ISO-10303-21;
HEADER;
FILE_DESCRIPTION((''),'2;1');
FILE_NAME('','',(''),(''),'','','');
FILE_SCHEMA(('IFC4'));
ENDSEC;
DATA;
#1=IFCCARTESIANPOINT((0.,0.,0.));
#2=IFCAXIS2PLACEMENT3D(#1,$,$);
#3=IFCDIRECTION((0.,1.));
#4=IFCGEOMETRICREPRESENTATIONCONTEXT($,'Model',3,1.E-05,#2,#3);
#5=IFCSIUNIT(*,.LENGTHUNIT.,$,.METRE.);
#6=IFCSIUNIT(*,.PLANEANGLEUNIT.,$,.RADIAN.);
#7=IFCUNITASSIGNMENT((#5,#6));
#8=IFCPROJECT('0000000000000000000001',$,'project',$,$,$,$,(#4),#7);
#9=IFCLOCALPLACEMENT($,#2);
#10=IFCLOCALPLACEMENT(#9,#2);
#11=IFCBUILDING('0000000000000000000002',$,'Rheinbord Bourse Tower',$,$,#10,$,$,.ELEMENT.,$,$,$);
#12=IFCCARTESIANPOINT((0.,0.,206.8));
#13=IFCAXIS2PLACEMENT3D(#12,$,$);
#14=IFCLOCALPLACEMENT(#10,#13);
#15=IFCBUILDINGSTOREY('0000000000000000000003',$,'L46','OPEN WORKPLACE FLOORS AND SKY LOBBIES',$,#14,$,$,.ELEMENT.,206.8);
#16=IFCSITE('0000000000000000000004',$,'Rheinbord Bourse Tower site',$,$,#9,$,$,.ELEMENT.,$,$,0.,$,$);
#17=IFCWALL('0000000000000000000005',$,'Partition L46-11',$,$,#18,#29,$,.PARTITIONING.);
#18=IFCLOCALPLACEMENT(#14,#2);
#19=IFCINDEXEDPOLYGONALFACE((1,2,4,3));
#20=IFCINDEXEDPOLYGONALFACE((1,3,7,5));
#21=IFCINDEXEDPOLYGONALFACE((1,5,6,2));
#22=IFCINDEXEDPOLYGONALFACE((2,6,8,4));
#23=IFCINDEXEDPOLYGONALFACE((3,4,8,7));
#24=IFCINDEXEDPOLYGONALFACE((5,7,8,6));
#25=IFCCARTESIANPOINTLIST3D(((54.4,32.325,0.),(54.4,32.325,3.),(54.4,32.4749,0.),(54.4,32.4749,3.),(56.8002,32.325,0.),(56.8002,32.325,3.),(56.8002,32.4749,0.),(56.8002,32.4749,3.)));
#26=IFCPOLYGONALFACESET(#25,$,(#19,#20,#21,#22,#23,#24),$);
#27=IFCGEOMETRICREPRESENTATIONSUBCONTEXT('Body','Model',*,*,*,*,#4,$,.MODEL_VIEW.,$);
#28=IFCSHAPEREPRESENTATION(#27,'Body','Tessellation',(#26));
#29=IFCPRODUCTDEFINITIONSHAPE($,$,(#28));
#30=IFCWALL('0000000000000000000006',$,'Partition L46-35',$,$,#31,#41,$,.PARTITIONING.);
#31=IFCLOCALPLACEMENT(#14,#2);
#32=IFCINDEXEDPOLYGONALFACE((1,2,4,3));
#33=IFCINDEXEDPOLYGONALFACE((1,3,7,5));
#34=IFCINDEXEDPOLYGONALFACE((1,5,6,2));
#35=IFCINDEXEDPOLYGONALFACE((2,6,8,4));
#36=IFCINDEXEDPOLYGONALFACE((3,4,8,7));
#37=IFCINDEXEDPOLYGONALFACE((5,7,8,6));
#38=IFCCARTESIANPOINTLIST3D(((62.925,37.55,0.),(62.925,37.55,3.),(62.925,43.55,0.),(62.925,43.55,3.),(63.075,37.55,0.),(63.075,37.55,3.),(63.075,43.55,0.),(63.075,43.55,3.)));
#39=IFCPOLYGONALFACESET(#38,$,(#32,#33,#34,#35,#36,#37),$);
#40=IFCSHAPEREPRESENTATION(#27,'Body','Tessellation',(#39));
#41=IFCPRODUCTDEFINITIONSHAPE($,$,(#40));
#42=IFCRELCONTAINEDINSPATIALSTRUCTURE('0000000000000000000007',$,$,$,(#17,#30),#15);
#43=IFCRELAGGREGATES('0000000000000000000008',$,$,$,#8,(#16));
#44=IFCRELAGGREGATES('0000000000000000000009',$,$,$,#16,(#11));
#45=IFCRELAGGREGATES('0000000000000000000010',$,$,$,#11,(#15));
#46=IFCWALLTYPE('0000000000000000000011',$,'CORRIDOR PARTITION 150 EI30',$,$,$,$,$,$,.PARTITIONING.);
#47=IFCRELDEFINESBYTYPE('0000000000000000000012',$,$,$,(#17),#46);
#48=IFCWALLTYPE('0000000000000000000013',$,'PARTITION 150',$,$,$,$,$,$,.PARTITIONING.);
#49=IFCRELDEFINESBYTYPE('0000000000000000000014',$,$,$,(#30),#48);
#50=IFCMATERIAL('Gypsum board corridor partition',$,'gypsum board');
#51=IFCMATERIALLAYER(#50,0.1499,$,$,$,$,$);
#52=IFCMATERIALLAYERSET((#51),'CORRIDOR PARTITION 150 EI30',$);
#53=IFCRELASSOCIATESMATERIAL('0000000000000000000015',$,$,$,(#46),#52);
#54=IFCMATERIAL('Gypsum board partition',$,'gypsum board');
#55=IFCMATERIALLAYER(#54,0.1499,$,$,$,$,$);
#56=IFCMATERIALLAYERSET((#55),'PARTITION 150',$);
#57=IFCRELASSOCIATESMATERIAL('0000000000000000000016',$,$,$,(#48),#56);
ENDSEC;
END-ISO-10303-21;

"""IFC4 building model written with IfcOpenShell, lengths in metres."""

from ifc_helpers import new_model, si_unit, direction, frame, frame_2d, origin, place, context, subcontext, project, spatial, rectangle, extrude, material, layer, layer_set, type_object, element, save


model = new_model("IFC4")

# Units and contexts
model_context = context("Model", 3, precision=1e-05, world=origin(), true_north=direction((0.0, 1.0)))
body_context = subcontext(model_context, "Body", "Model", "MODEL_VIEW")
ifc_project = project(units=[si_unit("LENGTHUNIT", "METRE"), si_unit("PLANEANGLEUNIT", "RADIAN")], contexts=[model_context])

# Site, building, storey
site_placement = place(None, origin())
site = spatial("IfcSite", under=ifc_project, at=site_placement, Name="Rheinbord Bourse Tower site", CompositionType="ELEMENT", RefElevation=0.0)
building_placement = place(site_placement, origin())
building = spatial("IfcBuilding", under=site, at=building_placement, Name="Rheinbord Bourse Tower", CompositionType="ELEMENT")
storey_placement = place(building_placement, frame((0.0, 0.0, 206.8)))
storey = spatial("IfcBuildingStorey", under=building, at=storey_placement, Name="L46", Description="OPEN WORKPLACE FLOORS AND SKY LOBBIES", CompositionType="ELEMENT", Elevation=206.8)

# Walls
ifc_material_1 = material(Name="Gypsum board corridor partition", Category="gypsum board")
ifc_layer_1 = layer(ifc_material_1, 0.1499)
ifc_layer_set_1 = layer_set([ifc_layer_1], Name="CORRIDOR PARTITION 150 EI30")
wall_type_1 = type_object("IfcWallType", Name="CORRIDOR PARTITION 150 EI30", PredefinedType="PARTITIONING", material=ifc_layer_set_1)
wall_1_placement = place(storey_placement, frame((54.3999, 32.3999, 0.0), z_axis=(0.0, 0.0, 1.0), x_axis=(1.0, 0.0, 0.0)))
element("IfcWall", 1, at=wall_1_placement, inside=storey, type_object=wall_type_1, Name="Partition L46-11", PredefinedType="PARTITIONING", context=body_context, shape_type="SweptSolid", body=[
    extrude(rectangle(XDim=2.4001, YDim=0.1499, at=frame_2d((1.2002, 0.0))), origin(), (0.0, 0.0, 1.0), 3.0),
])
ifc_material_2 = material(Name="Gypsum board partition", Category="gypsum board")
ifc_layer_2 = layer(ifc_material_2, 0.1499)
ifc_layer_set_2 = layer_set([ifc_layer_2], Name="PARTITION 150")
wall_type_2 = type_object("IfcWallType", Name="PARTITION 150", PredefinedType="PARTITIONING", material=ifc_layer_set_2)
wall_2_placement = place(storey_placement, frame((63.0, 37.55, 0.0), z_axis=(0.0, 0.0, 1.0), x_axis=(0.0, 1.0, 0.0)))
element("IfcWall", 2, at=wall_2_placement, inside=storey, type_object=wall_type_2, Name="Partition L46-35", PredefinedType="PARTITIONING", context=body_context, shape_type="SweptSolid", body=[
    extrude(rectangle(XDim=6.0, YDim=0.1499, at=frame_2d((3.0, 0.0))), origin(), (0.0, 0.0, 1.0), 3.0),
])

save(model, "model.ifc")
